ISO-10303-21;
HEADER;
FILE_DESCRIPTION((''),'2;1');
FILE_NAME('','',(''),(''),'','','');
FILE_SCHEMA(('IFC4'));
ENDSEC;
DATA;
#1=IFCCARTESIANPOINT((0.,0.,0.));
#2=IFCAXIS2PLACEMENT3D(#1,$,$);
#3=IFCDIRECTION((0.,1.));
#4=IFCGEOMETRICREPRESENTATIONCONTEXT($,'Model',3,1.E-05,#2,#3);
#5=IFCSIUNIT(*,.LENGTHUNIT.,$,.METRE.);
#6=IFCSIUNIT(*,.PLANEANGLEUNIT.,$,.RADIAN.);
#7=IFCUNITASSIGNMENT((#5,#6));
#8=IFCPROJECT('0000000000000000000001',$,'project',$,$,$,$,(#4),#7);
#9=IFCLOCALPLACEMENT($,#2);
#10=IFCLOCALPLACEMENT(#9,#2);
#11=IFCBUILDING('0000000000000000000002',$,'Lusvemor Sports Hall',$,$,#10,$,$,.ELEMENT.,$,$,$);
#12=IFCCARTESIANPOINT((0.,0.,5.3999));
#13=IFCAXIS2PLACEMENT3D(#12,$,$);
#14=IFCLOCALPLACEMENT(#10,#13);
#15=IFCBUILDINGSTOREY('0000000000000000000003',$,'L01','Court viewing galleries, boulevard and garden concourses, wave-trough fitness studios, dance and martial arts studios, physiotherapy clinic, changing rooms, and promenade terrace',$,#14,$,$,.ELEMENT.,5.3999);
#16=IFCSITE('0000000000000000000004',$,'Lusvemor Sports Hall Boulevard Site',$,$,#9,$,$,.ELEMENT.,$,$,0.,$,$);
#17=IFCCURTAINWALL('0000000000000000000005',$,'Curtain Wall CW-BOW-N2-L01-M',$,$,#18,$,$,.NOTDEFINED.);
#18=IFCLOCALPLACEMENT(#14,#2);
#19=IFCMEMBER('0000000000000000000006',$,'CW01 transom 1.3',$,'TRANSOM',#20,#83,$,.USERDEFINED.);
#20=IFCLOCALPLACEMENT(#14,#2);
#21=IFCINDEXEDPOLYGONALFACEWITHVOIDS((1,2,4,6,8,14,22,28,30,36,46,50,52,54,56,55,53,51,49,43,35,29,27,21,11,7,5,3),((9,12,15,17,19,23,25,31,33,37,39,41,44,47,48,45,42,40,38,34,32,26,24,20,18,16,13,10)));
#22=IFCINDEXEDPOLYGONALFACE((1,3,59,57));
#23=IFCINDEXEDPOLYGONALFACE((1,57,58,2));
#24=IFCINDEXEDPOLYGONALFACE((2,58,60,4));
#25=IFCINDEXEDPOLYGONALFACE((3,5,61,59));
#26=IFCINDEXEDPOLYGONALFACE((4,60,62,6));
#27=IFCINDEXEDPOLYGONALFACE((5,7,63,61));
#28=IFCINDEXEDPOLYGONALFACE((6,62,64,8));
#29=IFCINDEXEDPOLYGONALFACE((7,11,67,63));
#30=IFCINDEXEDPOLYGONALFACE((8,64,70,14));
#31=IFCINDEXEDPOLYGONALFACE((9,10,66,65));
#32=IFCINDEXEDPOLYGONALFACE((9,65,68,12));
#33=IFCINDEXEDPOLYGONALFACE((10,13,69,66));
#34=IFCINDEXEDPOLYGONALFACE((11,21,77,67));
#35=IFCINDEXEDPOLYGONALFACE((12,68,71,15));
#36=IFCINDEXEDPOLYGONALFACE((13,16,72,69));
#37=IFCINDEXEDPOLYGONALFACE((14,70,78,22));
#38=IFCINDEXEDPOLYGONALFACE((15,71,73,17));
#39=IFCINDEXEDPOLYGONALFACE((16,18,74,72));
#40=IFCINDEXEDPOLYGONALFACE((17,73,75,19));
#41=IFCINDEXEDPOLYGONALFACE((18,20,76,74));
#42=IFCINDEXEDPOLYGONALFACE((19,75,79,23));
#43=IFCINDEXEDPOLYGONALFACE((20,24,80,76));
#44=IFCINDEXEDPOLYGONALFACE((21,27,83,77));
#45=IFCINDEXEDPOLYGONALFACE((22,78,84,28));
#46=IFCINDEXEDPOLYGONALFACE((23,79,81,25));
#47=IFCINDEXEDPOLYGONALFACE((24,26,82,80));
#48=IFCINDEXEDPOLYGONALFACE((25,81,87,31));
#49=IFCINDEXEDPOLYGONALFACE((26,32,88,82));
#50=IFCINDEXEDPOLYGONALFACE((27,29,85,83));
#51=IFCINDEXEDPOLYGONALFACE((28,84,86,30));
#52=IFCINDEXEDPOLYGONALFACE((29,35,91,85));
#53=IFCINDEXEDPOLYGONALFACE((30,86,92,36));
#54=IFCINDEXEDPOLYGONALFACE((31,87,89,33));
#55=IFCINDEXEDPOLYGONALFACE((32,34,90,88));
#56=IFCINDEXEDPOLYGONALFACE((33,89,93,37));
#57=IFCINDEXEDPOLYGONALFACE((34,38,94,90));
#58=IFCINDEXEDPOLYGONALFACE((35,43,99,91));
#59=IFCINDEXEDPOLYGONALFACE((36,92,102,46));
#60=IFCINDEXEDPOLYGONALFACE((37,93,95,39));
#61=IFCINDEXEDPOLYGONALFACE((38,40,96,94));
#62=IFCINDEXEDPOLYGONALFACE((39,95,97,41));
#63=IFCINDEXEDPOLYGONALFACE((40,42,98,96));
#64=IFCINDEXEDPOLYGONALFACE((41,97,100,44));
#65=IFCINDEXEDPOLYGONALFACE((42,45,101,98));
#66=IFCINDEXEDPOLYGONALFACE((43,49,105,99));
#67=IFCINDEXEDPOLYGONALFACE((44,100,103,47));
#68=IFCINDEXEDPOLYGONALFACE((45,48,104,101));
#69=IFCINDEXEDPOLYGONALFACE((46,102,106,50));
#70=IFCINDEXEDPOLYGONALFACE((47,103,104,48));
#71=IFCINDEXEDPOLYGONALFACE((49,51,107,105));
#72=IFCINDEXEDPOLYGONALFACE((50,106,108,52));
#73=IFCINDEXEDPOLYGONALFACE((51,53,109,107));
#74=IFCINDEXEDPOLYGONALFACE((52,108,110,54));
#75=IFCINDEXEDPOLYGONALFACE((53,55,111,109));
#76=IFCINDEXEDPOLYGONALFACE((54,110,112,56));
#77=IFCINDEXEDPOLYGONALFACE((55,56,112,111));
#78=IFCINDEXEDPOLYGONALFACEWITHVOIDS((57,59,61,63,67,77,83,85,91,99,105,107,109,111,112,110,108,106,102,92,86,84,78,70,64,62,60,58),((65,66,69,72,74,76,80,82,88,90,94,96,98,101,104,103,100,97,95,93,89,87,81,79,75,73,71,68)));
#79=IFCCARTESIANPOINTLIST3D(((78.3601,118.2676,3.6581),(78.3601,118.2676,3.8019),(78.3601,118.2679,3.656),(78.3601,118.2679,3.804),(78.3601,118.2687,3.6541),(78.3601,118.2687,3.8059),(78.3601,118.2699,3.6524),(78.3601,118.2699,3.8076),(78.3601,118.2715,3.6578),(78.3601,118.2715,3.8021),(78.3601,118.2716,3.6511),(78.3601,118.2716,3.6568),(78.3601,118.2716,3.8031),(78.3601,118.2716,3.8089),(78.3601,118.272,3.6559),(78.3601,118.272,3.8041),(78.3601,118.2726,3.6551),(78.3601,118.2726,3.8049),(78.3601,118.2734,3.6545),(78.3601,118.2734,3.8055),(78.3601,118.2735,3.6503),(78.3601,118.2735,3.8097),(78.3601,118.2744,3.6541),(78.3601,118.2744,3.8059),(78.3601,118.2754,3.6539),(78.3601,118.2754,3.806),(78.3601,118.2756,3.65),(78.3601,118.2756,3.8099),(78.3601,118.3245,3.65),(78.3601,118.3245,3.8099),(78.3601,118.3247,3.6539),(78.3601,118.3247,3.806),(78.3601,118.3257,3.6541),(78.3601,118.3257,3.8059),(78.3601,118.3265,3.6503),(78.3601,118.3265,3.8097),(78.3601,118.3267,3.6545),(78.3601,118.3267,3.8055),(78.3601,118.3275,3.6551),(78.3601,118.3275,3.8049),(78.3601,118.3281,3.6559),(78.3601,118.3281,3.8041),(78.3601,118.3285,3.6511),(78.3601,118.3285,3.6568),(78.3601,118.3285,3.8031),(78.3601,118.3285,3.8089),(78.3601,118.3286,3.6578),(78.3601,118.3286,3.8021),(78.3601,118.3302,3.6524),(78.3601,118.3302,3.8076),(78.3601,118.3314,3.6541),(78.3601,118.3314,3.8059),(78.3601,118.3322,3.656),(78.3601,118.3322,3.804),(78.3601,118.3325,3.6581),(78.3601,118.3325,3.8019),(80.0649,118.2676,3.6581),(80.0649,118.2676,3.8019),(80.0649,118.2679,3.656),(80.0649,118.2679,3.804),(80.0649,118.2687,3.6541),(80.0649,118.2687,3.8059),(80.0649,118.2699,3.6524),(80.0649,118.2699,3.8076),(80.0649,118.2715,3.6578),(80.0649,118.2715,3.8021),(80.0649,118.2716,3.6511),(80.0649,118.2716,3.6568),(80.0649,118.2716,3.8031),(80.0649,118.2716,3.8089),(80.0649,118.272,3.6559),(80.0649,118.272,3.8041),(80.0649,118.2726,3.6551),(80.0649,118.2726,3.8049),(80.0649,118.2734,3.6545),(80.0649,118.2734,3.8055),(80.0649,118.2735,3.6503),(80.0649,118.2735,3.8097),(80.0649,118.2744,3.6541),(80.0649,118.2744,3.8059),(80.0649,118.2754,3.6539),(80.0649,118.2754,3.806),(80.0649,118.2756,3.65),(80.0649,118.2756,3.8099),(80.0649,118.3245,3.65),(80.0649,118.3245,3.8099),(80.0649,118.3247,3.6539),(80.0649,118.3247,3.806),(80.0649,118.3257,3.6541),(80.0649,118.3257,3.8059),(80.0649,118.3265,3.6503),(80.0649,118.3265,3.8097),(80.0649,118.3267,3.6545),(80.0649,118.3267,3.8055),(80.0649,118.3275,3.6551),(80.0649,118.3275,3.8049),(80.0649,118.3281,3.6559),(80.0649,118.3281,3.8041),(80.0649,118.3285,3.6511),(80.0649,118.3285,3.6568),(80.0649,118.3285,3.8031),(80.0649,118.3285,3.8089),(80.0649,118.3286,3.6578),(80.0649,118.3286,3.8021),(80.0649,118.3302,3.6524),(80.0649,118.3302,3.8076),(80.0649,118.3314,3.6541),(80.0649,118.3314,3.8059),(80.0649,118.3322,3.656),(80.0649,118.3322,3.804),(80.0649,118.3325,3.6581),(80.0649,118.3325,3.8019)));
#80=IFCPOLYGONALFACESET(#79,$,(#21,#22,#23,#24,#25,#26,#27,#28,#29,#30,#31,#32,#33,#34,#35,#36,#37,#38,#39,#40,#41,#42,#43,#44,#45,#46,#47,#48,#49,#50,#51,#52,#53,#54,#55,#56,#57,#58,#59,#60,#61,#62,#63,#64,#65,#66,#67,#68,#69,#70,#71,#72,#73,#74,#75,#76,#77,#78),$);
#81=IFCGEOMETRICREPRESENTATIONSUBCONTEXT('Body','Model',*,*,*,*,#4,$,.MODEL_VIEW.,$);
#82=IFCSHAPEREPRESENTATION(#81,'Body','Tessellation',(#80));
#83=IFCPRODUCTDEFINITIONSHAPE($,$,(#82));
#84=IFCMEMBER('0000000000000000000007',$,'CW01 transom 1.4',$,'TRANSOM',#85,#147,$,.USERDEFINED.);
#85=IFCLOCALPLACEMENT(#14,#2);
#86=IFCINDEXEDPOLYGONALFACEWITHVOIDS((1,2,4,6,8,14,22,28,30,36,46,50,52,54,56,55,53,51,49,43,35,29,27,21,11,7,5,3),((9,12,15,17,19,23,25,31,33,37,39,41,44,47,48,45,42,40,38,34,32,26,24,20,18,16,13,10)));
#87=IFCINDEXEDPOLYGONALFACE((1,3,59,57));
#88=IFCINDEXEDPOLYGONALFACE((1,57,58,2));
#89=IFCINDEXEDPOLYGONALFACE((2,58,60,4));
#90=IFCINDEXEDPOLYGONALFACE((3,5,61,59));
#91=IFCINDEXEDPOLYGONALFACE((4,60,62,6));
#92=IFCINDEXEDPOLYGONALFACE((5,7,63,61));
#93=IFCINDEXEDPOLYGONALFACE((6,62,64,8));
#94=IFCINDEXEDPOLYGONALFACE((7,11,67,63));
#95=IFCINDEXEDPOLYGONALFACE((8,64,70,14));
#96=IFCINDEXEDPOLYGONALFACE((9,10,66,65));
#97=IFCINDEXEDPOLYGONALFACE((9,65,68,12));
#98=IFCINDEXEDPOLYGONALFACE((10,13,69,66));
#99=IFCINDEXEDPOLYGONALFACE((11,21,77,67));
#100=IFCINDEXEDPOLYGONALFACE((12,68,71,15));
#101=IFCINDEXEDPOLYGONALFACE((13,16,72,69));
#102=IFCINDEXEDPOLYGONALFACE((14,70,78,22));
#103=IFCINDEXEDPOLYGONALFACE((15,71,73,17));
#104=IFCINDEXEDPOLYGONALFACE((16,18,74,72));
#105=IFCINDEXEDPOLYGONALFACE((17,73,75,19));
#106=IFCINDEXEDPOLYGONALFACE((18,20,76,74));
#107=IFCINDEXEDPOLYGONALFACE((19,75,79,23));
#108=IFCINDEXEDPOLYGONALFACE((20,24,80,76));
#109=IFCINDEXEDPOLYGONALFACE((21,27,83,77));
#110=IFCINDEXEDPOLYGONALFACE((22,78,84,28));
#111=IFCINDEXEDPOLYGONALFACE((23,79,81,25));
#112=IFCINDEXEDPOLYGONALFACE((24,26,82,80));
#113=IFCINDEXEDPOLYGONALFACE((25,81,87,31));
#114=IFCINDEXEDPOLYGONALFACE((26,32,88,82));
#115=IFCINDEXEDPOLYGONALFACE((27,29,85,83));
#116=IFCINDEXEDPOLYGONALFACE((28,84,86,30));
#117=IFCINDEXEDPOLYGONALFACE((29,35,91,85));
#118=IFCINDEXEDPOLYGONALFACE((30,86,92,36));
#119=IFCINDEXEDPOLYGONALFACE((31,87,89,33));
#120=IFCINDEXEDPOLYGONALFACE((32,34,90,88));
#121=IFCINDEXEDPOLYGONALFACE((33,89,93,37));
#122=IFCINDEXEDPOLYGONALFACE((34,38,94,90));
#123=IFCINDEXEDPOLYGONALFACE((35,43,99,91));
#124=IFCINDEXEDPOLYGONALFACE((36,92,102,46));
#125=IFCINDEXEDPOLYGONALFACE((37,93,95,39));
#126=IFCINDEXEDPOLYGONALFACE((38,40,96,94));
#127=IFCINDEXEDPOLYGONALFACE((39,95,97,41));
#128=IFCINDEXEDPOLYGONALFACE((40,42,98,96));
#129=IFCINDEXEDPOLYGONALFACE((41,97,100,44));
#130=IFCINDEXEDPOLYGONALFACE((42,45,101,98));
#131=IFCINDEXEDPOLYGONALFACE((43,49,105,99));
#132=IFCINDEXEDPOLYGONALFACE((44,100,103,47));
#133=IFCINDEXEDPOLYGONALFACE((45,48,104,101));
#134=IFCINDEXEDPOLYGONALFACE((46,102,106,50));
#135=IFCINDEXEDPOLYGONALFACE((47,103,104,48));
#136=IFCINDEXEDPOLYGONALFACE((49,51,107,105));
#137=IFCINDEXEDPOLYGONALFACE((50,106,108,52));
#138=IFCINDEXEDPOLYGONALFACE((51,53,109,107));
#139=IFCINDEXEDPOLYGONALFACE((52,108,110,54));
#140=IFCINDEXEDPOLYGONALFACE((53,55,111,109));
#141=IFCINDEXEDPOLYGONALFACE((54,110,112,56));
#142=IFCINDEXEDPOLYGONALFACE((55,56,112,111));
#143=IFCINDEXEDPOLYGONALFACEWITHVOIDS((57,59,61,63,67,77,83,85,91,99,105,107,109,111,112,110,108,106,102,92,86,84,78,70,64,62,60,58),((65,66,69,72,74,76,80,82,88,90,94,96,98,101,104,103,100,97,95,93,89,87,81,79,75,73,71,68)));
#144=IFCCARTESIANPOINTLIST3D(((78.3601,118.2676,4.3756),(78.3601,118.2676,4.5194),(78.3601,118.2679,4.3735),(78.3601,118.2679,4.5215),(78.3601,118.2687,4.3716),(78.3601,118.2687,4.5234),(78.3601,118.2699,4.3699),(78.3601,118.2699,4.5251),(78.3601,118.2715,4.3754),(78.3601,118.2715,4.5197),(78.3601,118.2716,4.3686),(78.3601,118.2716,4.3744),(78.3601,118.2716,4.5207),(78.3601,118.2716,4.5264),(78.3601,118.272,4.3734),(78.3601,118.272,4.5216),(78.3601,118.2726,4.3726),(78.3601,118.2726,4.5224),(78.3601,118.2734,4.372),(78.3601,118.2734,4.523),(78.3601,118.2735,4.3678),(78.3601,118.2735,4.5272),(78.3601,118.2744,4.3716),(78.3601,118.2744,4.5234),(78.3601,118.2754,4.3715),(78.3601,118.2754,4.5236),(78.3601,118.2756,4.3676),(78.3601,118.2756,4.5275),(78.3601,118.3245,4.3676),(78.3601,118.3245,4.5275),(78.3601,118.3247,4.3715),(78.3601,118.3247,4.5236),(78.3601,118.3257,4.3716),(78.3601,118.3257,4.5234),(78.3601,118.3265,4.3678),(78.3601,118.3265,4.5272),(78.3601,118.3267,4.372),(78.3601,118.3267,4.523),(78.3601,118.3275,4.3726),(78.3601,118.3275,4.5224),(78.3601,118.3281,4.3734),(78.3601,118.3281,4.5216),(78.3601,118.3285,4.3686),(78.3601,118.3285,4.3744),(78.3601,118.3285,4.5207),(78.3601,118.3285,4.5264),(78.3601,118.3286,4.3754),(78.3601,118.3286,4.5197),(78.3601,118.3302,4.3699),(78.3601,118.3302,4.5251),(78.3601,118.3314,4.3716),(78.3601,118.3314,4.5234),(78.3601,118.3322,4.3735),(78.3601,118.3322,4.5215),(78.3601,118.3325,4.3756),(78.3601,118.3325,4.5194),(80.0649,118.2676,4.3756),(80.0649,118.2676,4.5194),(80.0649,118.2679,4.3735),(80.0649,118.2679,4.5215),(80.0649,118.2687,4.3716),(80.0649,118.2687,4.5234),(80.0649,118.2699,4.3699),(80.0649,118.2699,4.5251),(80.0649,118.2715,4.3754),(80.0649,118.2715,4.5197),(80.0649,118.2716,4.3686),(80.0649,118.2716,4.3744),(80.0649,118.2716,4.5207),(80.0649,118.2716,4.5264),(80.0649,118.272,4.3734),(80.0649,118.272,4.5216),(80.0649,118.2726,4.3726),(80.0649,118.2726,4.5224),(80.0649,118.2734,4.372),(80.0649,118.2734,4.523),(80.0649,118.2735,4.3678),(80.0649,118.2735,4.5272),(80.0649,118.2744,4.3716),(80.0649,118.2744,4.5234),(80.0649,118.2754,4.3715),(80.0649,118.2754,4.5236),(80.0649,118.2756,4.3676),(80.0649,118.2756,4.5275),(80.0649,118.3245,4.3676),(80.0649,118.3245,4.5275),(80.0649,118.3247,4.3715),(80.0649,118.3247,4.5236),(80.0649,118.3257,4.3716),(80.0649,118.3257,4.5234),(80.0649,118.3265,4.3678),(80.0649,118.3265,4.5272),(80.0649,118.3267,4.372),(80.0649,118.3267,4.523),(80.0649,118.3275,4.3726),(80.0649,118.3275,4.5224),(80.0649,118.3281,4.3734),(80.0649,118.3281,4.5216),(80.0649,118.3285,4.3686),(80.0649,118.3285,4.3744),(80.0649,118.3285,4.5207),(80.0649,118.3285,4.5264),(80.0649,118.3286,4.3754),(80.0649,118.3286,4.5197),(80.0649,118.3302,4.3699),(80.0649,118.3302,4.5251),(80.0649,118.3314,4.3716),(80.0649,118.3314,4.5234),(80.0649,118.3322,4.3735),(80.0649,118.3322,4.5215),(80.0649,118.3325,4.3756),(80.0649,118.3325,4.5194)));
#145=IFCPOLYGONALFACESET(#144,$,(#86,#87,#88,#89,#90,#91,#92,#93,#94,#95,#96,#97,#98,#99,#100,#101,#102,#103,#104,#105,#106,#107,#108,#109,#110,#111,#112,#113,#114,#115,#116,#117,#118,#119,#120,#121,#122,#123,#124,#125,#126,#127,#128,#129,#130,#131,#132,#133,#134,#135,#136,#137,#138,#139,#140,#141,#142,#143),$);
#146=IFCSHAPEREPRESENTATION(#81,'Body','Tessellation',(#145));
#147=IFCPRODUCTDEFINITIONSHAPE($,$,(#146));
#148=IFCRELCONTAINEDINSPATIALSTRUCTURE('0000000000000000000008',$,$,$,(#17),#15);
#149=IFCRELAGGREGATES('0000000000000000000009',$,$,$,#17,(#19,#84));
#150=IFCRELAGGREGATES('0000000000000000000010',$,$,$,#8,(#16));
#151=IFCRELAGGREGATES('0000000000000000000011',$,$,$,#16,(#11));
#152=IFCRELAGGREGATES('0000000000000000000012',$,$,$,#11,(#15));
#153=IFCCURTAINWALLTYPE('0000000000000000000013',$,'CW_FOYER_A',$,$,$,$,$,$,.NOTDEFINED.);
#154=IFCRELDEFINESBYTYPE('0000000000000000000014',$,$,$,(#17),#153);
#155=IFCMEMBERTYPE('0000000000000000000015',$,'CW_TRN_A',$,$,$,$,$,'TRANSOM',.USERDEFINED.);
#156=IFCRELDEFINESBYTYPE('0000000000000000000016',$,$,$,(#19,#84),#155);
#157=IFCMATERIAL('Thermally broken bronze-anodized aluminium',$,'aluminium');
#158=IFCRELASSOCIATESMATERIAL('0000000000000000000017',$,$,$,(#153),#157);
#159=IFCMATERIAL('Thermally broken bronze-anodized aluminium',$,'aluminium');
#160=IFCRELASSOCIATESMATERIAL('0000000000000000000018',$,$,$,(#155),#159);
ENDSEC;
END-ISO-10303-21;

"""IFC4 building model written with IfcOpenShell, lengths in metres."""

from ifc_helpers import new_model, si_unit, direction, frame, origin, origin_2d, place, context, subcontext, project, spatial, hollow_rectangle, extrude, material, material_profile, profile_set, type_object, element, aggregate, save


model = new_model("IFC4")

# Units and contexts
model_context = context("Model", 3, precision=1e-05, world=origin(), true_north=direction((0.0, 1.0)))
body_context = subcontext(model_context, "Body", "Model", "MODEL_VIEW")
ifc_project = project(units=[si_unit("LENGTHUNIT", "METRE"), si_unit("PLANEANGLEUNIT", "RADIAN")], contexts=[model_context])

# Site, building, storey
site_placement = place(None, origin())
site = spatial("IfcSite", under=ifc_project, at=site_placement, Name="Lusvemor Sports Hall Boulevard Site", CompositionType="ELEMENT", RefElevation=0.0)
building_placement = place(site_placement, origin())
building = spatial("IfcBuilding", under=site, at=building_placement, Name="Lusvemor Sports Hall", CompositionType="ELEMENT")
storey_placement = place(building_placement, frame((0.0, 0.0, 5.3999)))
storey = spatial("IfcBuildingStorey", under=building, at=storey_placement, Name="L01", Description="Court viewing galleries, boulevard and garden concourses, wave-trough fitness studios, dance and martial arts studios, physiotherapy clinic, changing rooms, and promenade terrace", CompositionType="ELEMENT", Elevation=5.3999)

# Curtain wall, members
ifc_material_1 = material(Name="Thermally broken bronze-anodized aluminium", Category="aluminium")
curtain_wall_type = type_object("IfcCurtainWallType", Name="CW_FOYER_A", PredefinedType="NOTDEFINED", material=ifc_material_1)
curtain_wall_placement = place(storey_placement, origin())
curtain_wall = element("IfcCurtainWall", 1, at=curtain_wall_placement, inside=storey, type_object=curtain_wall_type, Name="Curtain Wall CW-BOW-N2-L01-M", PredefinedType="NOTDEFINED")
ifc_material_2 = material(Name="Thermally broken bronze-anodized aluminium", Category="aluminium")
ifc_material_profile_1 = material_profile(ifc_material_2, hollow_rectangle(XDim=0.0649, YDim=0.1599, WallThickness=0.0039, InnerFilletRadius=0.0039, OuterFilletRadius=0.0081, at=origin_2d()), Name="CWTRN160x65x4")
ifc_profile_set_1 = profile_set([ifc_material_profile_1], Name="Thermally broken bronze-anodized aluminium")
member_type_1 = type_object("IfcMemberType", Name="CW_TRN_A", ElementType="TRANSOM", PredefinedType="USERDEFINED", material=ifc_profile_set_1)
member_1_placement = place(storey_placement, frame((78.3601, 118.3, 3.73), z_axis=(1.0, 0.0, 0.0), x_axis=(0.0, 1.0, 0.0)))
member_1 = element("IfcMember", 2, at=member_1_placement, type_object=member_type_1, Name="CW01 transom 1.3", ObjectType="TRANSOM", PredefinedType="USERDEFINED", context=body_context, shape_type="SweptSolid", body=[
    extrude(hollow_rectangle(XDim=0.0649, YDim=0.1599, WallThickness=0.0039, InnerFilletRadius=0.0039, OuterFilletRadius=0.0081, at=origin_2d()), origin(), (0.0, 0.0, 1.0), 1.7048),
])
member_2_placement = place(storey_placement, frame((78.3601, 118.3, 4.4475), z_axis=(1.0, 0.0, 0.0), x_axis=(0.0, 1.0, 0.0)))
member_2 = element("IfcMember", 3, at=member_2_placement, type_object=member_type_1, Name="CW01 transom 1.4", ObjectType="TRANSOM", PredefinedType="USERDEFINED", context=body_context, shape_type="SweptSolid", body=[
    extrude(hollow_rectangle(XDim=0.0649, YDim=0.1599, WallThickness=0.0039, InnerFilletRadius=0.0039, OuterFilletRadius=0.0081, at=origin_2d()), origin(), (0.0, 0.0, 1.0), 1.7048),
])

aggregate(curtain_wall, [member_1, member_2])

save(model, "model.ifc")
